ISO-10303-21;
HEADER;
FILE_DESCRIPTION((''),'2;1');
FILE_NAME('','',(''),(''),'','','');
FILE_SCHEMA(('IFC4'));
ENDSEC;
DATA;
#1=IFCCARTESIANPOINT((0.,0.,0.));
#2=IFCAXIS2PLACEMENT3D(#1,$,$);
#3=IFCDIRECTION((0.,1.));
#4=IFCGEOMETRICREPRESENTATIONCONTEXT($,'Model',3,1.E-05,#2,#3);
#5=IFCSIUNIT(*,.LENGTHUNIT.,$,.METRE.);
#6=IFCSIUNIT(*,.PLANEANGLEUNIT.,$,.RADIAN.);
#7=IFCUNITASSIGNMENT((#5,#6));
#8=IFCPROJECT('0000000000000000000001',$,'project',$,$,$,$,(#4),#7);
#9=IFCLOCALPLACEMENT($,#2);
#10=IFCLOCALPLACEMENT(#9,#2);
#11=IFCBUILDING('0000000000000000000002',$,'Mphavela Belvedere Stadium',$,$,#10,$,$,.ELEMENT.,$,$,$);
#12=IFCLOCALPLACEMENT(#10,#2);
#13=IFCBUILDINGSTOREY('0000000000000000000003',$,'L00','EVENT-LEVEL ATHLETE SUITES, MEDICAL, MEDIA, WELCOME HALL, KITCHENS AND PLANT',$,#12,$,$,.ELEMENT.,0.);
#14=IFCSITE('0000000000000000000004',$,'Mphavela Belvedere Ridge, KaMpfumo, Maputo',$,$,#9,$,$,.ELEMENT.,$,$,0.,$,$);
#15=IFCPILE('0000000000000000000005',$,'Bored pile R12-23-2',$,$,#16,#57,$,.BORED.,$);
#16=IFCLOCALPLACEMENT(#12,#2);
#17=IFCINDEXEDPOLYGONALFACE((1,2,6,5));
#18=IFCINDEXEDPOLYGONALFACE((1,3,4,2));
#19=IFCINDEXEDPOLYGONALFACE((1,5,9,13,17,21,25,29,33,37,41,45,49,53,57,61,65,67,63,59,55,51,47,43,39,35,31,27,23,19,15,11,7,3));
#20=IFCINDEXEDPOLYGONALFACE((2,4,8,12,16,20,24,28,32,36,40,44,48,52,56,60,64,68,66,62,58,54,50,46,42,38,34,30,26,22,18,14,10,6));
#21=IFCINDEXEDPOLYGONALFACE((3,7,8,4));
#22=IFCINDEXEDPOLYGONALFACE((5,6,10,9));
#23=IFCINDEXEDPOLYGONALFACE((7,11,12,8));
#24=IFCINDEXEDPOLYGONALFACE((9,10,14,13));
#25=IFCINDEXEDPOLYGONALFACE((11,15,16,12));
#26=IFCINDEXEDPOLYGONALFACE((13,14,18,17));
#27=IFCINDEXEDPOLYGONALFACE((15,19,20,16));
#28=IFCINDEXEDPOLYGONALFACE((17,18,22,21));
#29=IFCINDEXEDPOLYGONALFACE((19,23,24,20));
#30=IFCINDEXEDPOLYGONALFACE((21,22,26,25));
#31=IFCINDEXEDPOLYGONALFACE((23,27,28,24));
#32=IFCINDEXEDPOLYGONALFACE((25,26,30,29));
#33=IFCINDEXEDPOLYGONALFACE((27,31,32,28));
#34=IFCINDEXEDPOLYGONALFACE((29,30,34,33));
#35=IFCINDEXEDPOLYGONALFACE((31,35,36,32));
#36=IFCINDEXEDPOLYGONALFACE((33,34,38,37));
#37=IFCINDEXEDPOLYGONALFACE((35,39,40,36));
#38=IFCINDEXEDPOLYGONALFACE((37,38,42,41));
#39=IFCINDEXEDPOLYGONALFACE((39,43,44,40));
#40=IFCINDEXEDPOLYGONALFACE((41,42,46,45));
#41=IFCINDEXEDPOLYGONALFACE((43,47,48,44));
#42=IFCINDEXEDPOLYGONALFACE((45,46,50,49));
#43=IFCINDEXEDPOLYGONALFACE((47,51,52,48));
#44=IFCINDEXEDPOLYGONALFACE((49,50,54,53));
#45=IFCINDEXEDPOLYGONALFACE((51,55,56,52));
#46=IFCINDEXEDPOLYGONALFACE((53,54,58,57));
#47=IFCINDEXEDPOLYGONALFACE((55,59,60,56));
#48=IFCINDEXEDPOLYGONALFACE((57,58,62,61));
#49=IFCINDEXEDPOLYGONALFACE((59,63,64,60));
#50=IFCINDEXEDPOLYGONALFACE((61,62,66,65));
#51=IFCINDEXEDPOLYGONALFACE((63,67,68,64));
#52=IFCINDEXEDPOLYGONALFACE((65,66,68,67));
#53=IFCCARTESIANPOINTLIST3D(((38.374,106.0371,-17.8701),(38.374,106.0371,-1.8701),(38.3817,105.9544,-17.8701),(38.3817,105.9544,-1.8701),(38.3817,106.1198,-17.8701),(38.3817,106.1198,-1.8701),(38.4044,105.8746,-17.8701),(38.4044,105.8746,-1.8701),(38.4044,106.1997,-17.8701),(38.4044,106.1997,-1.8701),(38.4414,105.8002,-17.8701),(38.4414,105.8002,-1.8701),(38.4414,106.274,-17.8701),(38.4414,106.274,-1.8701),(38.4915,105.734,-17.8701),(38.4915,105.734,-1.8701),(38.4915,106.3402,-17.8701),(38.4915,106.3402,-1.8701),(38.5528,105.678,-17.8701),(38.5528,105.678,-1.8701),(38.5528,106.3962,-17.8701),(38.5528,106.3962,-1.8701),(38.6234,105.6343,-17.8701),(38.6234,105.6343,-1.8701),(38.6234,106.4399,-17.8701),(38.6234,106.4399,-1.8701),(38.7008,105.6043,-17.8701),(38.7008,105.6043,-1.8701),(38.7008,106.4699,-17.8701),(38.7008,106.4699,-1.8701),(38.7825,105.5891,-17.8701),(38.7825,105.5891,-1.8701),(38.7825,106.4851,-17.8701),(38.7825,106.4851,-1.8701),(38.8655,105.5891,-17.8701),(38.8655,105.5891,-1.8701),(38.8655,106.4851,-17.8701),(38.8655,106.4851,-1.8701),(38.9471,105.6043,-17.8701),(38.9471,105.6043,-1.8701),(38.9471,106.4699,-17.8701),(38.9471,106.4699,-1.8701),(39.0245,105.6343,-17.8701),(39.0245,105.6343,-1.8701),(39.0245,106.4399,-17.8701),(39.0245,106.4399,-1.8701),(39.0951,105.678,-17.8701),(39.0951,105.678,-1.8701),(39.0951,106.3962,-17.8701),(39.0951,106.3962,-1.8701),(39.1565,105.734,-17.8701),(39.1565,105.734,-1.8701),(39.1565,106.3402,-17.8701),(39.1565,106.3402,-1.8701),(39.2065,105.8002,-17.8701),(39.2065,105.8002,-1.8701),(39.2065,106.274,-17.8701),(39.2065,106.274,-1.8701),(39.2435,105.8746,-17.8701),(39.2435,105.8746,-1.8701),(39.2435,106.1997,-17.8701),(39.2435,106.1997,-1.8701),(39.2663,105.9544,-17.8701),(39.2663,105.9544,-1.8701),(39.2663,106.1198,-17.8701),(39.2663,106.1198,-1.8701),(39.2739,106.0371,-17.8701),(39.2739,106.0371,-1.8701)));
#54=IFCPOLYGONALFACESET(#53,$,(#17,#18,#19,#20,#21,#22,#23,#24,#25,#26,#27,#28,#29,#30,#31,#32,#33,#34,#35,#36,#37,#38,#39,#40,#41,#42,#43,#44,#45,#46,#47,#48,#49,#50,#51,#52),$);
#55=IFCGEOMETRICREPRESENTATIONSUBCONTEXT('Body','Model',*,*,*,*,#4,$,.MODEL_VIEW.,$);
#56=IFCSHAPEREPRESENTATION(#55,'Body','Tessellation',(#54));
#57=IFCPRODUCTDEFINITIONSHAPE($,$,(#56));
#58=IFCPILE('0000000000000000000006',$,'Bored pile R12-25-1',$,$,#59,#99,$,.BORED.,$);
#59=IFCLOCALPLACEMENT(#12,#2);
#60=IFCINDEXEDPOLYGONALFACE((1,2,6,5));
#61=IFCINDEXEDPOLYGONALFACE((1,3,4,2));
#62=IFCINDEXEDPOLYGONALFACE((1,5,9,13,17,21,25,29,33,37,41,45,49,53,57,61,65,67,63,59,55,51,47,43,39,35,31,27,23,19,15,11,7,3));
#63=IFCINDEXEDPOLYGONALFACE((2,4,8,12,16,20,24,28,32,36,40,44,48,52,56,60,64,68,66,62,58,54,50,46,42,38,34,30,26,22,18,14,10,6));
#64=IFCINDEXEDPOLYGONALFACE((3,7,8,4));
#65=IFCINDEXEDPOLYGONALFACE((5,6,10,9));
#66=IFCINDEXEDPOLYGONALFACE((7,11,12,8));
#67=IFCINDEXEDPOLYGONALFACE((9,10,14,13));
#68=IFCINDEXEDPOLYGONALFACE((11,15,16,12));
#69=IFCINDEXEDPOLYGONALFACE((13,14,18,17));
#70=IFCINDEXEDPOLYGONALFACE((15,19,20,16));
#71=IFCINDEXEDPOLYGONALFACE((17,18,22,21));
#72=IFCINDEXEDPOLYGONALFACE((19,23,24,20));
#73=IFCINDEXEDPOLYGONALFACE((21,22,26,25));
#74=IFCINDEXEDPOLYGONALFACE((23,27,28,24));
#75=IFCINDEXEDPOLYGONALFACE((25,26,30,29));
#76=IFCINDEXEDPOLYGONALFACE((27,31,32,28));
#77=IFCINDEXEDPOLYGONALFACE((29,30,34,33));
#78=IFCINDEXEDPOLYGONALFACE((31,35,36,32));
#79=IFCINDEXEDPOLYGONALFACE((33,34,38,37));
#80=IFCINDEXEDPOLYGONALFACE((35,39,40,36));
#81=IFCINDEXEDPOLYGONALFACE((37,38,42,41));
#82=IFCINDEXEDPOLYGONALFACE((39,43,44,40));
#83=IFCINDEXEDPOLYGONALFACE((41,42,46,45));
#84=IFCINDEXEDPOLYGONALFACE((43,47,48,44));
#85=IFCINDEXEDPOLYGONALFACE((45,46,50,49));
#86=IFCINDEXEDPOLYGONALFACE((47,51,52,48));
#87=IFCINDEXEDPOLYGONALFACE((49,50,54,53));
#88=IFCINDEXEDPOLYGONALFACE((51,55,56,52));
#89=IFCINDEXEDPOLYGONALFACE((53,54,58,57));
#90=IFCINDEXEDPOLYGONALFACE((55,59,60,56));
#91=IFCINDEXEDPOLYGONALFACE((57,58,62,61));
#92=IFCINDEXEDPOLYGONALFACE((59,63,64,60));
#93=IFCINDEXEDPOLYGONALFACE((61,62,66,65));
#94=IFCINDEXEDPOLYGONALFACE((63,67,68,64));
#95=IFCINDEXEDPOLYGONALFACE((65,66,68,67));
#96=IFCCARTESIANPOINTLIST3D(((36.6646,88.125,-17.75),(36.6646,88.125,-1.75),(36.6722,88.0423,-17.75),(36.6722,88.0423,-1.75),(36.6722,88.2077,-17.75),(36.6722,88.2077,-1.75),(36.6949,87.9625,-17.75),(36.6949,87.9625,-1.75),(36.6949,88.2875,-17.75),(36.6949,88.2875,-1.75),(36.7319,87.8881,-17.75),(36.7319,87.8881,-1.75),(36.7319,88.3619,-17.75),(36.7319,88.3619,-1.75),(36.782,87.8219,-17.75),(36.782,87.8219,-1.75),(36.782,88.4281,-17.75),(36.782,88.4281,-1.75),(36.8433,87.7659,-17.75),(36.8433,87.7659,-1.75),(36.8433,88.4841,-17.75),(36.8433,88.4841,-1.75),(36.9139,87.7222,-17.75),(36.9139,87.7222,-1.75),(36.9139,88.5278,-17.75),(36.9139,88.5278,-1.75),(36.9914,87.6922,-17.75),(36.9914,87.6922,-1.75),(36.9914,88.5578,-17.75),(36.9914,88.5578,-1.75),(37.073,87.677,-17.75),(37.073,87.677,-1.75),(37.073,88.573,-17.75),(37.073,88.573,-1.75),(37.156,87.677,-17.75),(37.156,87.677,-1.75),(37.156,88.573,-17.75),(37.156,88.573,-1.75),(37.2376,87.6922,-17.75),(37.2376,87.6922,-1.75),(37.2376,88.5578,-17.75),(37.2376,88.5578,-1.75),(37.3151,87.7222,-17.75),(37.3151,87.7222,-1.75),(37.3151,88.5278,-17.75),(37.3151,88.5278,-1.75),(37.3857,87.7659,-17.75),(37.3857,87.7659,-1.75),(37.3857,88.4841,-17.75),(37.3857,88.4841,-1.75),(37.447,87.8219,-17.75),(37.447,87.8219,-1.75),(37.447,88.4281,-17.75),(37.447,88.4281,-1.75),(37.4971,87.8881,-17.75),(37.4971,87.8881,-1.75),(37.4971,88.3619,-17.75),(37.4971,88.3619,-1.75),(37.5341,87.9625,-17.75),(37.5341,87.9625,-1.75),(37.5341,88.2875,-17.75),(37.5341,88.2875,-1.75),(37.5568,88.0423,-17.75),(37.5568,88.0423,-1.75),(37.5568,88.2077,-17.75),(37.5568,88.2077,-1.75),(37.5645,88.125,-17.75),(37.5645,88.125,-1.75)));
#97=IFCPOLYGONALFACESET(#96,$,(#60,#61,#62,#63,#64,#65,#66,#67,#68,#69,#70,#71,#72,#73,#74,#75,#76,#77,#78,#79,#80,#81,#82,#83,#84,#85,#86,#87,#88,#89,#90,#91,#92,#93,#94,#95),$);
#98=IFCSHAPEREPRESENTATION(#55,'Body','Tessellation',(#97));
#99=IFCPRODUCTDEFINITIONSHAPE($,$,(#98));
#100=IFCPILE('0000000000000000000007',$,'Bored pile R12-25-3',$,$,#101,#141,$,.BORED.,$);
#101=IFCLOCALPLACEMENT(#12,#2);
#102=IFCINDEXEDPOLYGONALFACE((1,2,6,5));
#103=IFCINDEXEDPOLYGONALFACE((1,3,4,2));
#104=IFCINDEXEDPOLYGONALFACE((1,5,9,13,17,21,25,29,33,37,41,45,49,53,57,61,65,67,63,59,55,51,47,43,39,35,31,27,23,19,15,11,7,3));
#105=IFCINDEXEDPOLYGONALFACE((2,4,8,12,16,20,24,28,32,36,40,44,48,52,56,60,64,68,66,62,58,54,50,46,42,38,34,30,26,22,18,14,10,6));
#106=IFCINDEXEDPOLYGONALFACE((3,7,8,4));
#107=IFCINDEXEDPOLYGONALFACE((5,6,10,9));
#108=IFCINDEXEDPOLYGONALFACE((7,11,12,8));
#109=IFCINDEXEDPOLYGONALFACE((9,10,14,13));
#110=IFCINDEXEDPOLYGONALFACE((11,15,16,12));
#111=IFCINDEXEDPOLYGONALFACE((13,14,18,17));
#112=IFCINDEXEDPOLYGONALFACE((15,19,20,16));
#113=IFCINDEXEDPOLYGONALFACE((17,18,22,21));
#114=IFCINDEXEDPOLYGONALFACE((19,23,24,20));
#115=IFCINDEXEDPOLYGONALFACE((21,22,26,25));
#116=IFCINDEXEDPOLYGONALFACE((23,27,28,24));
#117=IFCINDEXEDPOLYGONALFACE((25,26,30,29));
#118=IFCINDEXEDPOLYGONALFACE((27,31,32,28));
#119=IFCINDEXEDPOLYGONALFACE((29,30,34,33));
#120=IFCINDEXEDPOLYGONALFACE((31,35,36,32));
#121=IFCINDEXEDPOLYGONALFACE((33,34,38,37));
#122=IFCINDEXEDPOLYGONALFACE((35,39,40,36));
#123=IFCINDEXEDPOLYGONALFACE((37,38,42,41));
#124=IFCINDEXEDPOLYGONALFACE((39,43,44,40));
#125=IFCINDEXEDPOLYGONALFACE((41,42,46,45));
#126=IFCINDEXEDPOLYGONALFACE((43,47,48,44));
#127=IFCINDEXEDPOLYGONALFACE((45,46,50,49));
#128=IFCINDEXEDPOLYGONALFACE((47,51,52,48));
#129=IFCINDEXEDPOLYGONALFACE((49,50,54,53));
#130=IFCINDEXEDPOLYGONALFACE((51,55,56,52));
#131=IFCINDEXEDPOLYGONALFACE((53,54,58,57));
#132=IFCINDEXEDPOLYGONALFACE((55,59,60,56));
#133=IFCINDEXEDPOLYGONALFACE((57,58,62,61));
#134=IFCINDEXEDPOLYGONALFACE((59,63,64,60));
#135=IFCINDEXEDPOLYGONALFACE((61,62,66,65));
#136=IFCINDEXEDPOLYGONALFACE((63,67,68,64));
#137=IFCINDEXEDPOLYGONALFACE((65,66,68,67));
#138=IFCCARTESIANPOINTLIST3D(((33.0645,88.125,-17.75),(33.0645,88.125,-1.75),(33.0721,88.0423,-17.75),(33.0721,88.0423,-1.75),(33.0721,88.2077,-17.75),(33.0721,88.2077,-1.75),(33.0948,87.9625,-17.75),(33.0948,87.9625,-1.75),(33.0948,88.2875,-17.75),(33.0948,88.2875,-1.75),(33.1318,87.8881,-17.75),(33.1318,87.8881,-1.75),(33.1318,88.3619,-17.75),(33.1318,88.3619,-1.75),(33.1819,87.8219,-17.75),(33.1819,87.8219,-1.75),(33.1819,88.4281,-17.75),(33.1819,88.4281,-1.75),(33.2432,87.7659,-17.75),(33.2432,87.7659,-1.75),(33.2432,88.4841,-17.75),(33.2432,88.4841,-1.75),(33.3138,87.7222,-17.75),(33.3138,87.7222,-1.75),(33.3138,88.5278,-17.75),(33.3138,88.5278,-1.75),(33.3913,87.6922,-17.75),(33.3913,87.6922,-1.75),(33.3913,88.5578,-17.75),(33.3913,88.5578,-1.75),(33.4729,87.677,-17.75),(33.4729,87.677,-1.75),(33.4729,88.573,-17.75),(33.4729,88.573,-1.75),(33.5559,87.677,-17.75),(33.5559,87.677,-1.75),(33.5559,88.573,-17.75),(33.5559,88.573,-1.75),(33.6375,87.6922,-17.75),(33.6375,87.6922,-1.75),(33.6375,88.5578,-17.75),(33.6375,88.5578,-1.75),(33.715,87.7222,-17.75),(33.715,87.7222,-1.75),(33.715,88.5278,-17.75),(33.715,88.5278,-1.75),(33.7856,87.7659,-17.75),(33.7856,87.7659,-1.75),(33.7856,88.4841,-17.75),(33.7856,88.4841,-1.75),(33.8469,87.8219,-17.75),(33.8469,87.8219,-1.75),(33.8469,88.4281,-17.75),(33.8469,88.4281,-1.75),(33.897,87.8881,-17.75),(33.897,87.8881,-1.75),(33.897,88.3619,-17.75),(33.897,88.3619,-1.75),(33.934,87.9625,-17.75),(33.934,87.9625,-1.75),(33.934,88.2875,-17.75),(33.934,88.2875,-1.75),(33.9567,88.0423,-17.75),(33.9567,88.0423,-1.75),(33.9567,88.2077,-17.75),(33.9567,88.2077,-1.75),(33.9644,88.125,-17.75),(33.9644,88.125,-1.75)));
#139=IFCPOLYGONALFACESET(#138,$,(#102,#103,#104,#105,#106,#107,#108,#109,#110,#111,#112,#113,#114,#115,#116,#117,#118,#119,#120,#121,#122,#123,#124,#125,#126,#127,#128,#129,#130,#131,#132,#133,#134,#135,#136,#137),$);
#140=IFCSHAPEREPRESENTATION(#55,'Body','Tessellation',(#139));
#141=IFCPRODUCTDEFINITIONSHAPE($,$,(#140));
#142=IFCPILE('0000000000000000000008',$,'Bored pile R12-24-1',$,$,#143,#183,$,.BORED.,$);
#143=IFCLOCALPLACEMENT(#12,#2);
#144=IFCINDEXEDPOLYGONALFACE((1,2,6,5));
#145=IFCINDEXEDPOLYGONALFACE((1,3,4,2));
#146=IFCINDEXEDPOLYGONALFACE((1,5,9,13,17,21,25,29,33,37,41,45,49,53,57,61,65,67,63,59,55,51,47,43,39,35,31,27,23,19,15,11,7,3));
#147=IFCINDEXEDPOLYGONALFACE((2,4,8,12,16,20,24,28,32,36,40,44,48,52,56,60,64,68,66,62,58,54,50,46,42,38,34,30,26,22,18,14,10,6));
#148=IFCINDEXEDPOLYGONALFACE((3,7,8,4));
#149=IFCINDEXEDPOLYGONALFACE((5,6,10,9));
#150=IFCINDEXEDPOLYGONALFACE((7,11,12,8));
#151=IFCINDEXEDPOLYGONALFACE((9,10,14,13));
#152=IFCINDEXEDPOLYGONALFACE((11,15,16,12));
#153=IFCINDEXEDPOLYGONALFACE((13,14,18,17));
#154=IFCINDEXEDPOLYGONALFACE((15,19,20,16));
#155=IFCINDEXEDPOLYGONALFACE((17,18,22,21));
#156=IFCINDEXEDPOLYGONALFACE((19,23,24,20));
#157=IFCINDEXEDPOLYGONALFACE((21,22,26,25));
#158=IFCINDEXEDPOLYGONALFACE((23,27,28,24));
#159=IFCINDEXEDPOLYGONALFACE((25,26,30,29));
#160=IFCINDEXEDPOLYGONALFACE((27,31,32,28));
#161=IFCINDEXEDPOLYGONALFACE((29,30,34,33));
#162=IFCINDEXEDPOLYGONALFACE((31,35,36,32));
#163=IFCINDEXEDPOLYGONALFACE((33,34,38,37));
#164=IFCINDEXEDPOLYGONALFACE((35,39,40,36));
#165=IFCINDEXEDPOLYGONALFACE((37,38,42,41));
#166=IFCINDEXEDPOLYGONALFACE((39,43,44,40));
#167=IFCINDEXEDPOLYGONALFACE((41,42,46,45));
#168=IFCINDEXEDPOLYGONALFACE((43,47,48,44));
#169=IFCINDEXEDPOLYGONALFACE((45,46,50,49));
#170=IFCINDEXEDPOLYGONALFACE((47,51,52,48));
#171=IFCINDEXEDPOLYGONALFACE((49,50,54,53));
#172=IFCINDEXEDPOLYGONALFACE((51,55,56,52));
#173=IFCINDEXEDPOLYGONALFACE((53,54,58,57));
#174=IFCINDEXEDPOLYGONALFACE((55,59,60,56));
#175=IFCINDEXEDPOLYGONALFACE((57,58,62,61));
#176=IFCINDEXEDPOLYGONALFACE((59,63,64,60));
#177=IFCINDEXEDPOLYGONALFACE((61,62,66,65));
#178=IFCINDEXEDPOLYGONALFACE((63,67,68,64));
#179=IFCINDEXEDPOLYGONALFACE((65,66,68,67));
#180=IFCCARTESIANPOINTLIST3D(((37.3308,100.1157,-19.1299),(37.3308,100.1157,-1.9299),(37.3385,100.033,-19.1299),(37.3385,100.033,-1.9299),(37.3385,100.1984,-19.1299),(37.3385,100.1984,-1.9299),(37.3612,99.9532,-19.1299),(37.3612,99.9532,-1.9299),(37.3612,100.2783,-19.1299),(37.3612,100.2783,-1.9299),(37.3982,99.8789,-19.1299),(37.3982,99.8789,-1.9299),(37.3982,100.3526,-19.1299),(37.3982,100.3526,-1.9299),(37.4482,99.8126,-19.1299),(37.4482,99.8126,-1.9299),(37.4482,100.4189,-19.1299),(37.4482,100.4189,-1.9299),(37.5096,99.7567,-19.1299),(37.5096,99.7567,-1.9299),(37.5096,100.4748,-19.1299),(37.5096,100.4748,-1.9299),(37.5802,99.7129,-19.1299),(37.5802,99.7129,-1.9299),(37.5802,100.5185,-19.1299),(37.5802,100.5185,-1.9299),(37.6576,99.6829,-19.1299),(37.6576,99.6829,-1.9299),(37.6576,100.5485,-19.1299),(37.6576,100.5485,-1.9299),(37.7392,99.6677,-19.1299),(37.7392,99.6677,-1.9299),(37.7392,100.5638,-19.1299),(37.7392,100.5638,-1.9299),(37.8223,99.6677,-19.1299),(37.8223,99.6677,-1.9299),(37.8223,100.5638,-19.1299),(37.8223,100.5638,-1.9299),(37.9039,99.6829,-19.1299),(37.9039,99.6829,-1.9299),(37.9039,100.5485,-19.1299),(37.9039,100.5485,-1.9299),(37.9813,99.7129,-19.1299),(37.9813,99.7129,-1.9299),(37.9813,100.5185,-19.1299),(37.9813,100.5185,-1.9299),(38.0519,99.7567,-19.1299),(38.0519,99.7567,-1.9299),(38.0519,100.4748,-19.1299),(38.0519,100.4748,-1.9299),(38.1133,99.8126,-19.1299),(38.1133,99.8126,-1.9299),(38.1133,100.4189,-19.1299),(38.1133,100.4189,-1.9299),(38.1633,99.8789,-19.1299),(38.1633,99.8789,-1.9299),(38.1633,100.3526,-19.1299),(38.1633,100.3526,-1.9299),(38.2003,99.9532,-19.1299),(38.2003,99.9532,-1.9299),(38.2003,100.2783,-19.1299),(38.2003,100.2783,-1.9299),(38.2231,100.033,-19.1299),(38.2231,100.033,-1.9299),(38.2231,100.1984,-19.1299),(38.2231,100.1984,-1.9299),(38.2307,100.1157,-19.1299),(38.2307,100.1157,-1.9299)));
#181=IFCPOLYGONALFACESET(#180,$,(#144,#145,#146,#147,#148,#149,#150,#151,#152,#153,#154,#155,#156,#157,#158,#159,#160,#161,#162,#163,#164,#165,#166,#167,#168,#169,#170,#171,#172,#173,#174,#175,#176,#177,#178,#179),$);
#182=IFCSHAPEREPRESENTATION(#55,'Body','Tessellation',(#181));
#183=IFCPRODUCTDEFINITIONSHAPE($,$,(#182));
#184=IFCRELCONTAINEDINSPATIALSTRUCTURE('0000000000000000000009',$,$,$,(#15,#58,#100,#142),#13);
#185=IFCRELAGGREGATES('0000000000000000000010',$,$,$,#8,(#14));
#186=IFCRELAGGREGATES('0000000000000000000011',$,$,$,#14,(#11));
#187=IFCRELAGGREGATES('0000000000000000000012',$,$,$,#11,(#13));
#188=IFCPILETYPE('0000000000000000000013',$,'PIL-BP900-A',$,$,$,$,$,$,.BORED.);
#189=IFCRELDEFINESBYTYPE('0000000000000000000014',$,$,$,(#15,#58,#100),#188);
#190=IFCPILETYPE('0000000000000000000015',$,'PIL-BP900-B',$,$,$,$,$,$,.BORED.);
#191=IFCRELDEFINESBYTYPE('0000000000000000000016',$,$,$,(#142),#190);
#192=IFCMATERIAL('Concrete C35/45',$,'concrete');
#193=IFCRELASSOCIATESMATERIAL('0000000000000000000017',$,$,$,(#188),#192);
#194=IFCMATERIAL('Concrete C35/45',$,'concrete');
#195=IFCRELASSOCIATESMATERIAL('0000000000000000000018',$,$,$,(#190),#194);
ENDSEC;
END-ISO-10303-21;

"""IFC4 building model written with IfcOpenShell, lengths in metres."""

from ifc_helpers import new_model, si_unit, direction, frame, origin, origin_2d, place, context, subcontext, project, spatial, circle, extrude, material, material_profile, profile_set, type_object, element, save


model = new_model("IFC4")

# Units and contexts
model_context = context("Model", 3, precision=1e-05, world=origin(), true_north=direction((0.0, 1.0)))
body_context = subcontext(model_context, "Body", "Model", "MODEL_VIEW")
ifc_project = project(units=[si_unit("LENGTHUNIT", "METRE"), si_unit("PLANEANGLEUNIT", "RADIAN")], contexts=[model_context])

# Site, building, storey
site_placement = place(None, origin())
site = spatial("IfcSite", under=ifc_project, at=site_placement, Name="Mphavela Belvedere Ridge, KaMpfumo, Maputo", CompositionType="ELEMENT", RefElevation=0.0)
building_placement = place(site_placement, origin())
building = spatial("IfcBuilding", under=site, at=building_placement, Name="Mphavela Belvedere Stadium", CompositionType="ELEMENT")
storey_placement = place(building_placement, origin())
storey = spatial("IfcBuildingStorey", under=building, at=storey_placement, Name="L00", Description="EVENT-LEVEL ATHLETE SUITES, MEDICAL, MEDIA, WELCOME HALL, KITCHENS AND PLANT", CompositionType="ELEMENT", Elevation=0.0)

# Piles
ifc_material_1 = material(Name="Concrete C35/45", Category="concrete")
ifc_material_profile_1 = material_profile(ifc_material_1, circle(Radius=0.45, at=origin_2d()), Name="BP D900")
ifc_profile_set_1 = profile_set([ifc_material_profile_1], Name="Concrete C35/45")
pile_type_1 = type_object("IfcPileType", Name="PIL-BP900-A", PredefinedType="BORED", material=ifc_profile_set_1)
for number, where, z_axis, x_axis, name in (
    (1, (38.824, 106.0371, -1.8701), (0.0, 0.0, -1.0), (1.0, 0.0, 0.0), "Bored pile R12-23-2"),
    (2, (37.1145, 88.125, -1.75), (0.0, 0.0, -1.0), (1.0, 0.0, 0.0), "Bored pile R12-25-1"),
    (3, (33.5144, 88.125, -1.75), (0.0, 0.0, -1.0), (1.0, 0.0, 0.0), "Bored pile R12-25-3"),
):
    element("IfcPile", number, at=place(storey_placement, frame(where, z_axis=z_axis, x_axis=x_axis)), inside=storey, type_object=pile_type_1, Name=name, PredefinedType="BORED", context=body_context, shape_type="SweptSolid", body=[
        extrude(circle(Radius=0.45, at=origin_2d()), origin(), (0.0, 0.0, 1.0), 16.0),
    ])
ifc_material_2 = material(Name="Concrete C35/45", Category="concrete")
ifc_material_profile_2 = material_profile(ifc_material_2, circle(Radius=0.45, at=origin_2d()), Name="BP D900")
ifc_profile_set_2 = profile_set([ifc_material_profile_2], Name="Concrete C35/45")
pile_type_2 = type_object("IfcPileType", Name="PIL-BP900-B", PredefinedType="BORED", material=ifc_profile_set_2)
for number, where, z_axis, x_axis, name in (
    (4, (37.7808, 100.1157, -1.9299), (0.0, 0.0, -1.0), (1.0, 0.0, 0.0), "Bored pile R12-24-1"),
):
    element("IfcPile", number, at=place(storey_placement, frame(where, z_axis=z_axis, x_axis=x_axis)), inside=storey, type_object=pile_type_2, Name=name, PredefinedType="BORED", context=body_context, shape_type="SweptSolid", body=[
        extrude(circle(Radius=0.45, at=origin_2d()), origin(), (0.0, 0.0, 1.0), 17.2),
    ])

save(model, "model.ifc")
